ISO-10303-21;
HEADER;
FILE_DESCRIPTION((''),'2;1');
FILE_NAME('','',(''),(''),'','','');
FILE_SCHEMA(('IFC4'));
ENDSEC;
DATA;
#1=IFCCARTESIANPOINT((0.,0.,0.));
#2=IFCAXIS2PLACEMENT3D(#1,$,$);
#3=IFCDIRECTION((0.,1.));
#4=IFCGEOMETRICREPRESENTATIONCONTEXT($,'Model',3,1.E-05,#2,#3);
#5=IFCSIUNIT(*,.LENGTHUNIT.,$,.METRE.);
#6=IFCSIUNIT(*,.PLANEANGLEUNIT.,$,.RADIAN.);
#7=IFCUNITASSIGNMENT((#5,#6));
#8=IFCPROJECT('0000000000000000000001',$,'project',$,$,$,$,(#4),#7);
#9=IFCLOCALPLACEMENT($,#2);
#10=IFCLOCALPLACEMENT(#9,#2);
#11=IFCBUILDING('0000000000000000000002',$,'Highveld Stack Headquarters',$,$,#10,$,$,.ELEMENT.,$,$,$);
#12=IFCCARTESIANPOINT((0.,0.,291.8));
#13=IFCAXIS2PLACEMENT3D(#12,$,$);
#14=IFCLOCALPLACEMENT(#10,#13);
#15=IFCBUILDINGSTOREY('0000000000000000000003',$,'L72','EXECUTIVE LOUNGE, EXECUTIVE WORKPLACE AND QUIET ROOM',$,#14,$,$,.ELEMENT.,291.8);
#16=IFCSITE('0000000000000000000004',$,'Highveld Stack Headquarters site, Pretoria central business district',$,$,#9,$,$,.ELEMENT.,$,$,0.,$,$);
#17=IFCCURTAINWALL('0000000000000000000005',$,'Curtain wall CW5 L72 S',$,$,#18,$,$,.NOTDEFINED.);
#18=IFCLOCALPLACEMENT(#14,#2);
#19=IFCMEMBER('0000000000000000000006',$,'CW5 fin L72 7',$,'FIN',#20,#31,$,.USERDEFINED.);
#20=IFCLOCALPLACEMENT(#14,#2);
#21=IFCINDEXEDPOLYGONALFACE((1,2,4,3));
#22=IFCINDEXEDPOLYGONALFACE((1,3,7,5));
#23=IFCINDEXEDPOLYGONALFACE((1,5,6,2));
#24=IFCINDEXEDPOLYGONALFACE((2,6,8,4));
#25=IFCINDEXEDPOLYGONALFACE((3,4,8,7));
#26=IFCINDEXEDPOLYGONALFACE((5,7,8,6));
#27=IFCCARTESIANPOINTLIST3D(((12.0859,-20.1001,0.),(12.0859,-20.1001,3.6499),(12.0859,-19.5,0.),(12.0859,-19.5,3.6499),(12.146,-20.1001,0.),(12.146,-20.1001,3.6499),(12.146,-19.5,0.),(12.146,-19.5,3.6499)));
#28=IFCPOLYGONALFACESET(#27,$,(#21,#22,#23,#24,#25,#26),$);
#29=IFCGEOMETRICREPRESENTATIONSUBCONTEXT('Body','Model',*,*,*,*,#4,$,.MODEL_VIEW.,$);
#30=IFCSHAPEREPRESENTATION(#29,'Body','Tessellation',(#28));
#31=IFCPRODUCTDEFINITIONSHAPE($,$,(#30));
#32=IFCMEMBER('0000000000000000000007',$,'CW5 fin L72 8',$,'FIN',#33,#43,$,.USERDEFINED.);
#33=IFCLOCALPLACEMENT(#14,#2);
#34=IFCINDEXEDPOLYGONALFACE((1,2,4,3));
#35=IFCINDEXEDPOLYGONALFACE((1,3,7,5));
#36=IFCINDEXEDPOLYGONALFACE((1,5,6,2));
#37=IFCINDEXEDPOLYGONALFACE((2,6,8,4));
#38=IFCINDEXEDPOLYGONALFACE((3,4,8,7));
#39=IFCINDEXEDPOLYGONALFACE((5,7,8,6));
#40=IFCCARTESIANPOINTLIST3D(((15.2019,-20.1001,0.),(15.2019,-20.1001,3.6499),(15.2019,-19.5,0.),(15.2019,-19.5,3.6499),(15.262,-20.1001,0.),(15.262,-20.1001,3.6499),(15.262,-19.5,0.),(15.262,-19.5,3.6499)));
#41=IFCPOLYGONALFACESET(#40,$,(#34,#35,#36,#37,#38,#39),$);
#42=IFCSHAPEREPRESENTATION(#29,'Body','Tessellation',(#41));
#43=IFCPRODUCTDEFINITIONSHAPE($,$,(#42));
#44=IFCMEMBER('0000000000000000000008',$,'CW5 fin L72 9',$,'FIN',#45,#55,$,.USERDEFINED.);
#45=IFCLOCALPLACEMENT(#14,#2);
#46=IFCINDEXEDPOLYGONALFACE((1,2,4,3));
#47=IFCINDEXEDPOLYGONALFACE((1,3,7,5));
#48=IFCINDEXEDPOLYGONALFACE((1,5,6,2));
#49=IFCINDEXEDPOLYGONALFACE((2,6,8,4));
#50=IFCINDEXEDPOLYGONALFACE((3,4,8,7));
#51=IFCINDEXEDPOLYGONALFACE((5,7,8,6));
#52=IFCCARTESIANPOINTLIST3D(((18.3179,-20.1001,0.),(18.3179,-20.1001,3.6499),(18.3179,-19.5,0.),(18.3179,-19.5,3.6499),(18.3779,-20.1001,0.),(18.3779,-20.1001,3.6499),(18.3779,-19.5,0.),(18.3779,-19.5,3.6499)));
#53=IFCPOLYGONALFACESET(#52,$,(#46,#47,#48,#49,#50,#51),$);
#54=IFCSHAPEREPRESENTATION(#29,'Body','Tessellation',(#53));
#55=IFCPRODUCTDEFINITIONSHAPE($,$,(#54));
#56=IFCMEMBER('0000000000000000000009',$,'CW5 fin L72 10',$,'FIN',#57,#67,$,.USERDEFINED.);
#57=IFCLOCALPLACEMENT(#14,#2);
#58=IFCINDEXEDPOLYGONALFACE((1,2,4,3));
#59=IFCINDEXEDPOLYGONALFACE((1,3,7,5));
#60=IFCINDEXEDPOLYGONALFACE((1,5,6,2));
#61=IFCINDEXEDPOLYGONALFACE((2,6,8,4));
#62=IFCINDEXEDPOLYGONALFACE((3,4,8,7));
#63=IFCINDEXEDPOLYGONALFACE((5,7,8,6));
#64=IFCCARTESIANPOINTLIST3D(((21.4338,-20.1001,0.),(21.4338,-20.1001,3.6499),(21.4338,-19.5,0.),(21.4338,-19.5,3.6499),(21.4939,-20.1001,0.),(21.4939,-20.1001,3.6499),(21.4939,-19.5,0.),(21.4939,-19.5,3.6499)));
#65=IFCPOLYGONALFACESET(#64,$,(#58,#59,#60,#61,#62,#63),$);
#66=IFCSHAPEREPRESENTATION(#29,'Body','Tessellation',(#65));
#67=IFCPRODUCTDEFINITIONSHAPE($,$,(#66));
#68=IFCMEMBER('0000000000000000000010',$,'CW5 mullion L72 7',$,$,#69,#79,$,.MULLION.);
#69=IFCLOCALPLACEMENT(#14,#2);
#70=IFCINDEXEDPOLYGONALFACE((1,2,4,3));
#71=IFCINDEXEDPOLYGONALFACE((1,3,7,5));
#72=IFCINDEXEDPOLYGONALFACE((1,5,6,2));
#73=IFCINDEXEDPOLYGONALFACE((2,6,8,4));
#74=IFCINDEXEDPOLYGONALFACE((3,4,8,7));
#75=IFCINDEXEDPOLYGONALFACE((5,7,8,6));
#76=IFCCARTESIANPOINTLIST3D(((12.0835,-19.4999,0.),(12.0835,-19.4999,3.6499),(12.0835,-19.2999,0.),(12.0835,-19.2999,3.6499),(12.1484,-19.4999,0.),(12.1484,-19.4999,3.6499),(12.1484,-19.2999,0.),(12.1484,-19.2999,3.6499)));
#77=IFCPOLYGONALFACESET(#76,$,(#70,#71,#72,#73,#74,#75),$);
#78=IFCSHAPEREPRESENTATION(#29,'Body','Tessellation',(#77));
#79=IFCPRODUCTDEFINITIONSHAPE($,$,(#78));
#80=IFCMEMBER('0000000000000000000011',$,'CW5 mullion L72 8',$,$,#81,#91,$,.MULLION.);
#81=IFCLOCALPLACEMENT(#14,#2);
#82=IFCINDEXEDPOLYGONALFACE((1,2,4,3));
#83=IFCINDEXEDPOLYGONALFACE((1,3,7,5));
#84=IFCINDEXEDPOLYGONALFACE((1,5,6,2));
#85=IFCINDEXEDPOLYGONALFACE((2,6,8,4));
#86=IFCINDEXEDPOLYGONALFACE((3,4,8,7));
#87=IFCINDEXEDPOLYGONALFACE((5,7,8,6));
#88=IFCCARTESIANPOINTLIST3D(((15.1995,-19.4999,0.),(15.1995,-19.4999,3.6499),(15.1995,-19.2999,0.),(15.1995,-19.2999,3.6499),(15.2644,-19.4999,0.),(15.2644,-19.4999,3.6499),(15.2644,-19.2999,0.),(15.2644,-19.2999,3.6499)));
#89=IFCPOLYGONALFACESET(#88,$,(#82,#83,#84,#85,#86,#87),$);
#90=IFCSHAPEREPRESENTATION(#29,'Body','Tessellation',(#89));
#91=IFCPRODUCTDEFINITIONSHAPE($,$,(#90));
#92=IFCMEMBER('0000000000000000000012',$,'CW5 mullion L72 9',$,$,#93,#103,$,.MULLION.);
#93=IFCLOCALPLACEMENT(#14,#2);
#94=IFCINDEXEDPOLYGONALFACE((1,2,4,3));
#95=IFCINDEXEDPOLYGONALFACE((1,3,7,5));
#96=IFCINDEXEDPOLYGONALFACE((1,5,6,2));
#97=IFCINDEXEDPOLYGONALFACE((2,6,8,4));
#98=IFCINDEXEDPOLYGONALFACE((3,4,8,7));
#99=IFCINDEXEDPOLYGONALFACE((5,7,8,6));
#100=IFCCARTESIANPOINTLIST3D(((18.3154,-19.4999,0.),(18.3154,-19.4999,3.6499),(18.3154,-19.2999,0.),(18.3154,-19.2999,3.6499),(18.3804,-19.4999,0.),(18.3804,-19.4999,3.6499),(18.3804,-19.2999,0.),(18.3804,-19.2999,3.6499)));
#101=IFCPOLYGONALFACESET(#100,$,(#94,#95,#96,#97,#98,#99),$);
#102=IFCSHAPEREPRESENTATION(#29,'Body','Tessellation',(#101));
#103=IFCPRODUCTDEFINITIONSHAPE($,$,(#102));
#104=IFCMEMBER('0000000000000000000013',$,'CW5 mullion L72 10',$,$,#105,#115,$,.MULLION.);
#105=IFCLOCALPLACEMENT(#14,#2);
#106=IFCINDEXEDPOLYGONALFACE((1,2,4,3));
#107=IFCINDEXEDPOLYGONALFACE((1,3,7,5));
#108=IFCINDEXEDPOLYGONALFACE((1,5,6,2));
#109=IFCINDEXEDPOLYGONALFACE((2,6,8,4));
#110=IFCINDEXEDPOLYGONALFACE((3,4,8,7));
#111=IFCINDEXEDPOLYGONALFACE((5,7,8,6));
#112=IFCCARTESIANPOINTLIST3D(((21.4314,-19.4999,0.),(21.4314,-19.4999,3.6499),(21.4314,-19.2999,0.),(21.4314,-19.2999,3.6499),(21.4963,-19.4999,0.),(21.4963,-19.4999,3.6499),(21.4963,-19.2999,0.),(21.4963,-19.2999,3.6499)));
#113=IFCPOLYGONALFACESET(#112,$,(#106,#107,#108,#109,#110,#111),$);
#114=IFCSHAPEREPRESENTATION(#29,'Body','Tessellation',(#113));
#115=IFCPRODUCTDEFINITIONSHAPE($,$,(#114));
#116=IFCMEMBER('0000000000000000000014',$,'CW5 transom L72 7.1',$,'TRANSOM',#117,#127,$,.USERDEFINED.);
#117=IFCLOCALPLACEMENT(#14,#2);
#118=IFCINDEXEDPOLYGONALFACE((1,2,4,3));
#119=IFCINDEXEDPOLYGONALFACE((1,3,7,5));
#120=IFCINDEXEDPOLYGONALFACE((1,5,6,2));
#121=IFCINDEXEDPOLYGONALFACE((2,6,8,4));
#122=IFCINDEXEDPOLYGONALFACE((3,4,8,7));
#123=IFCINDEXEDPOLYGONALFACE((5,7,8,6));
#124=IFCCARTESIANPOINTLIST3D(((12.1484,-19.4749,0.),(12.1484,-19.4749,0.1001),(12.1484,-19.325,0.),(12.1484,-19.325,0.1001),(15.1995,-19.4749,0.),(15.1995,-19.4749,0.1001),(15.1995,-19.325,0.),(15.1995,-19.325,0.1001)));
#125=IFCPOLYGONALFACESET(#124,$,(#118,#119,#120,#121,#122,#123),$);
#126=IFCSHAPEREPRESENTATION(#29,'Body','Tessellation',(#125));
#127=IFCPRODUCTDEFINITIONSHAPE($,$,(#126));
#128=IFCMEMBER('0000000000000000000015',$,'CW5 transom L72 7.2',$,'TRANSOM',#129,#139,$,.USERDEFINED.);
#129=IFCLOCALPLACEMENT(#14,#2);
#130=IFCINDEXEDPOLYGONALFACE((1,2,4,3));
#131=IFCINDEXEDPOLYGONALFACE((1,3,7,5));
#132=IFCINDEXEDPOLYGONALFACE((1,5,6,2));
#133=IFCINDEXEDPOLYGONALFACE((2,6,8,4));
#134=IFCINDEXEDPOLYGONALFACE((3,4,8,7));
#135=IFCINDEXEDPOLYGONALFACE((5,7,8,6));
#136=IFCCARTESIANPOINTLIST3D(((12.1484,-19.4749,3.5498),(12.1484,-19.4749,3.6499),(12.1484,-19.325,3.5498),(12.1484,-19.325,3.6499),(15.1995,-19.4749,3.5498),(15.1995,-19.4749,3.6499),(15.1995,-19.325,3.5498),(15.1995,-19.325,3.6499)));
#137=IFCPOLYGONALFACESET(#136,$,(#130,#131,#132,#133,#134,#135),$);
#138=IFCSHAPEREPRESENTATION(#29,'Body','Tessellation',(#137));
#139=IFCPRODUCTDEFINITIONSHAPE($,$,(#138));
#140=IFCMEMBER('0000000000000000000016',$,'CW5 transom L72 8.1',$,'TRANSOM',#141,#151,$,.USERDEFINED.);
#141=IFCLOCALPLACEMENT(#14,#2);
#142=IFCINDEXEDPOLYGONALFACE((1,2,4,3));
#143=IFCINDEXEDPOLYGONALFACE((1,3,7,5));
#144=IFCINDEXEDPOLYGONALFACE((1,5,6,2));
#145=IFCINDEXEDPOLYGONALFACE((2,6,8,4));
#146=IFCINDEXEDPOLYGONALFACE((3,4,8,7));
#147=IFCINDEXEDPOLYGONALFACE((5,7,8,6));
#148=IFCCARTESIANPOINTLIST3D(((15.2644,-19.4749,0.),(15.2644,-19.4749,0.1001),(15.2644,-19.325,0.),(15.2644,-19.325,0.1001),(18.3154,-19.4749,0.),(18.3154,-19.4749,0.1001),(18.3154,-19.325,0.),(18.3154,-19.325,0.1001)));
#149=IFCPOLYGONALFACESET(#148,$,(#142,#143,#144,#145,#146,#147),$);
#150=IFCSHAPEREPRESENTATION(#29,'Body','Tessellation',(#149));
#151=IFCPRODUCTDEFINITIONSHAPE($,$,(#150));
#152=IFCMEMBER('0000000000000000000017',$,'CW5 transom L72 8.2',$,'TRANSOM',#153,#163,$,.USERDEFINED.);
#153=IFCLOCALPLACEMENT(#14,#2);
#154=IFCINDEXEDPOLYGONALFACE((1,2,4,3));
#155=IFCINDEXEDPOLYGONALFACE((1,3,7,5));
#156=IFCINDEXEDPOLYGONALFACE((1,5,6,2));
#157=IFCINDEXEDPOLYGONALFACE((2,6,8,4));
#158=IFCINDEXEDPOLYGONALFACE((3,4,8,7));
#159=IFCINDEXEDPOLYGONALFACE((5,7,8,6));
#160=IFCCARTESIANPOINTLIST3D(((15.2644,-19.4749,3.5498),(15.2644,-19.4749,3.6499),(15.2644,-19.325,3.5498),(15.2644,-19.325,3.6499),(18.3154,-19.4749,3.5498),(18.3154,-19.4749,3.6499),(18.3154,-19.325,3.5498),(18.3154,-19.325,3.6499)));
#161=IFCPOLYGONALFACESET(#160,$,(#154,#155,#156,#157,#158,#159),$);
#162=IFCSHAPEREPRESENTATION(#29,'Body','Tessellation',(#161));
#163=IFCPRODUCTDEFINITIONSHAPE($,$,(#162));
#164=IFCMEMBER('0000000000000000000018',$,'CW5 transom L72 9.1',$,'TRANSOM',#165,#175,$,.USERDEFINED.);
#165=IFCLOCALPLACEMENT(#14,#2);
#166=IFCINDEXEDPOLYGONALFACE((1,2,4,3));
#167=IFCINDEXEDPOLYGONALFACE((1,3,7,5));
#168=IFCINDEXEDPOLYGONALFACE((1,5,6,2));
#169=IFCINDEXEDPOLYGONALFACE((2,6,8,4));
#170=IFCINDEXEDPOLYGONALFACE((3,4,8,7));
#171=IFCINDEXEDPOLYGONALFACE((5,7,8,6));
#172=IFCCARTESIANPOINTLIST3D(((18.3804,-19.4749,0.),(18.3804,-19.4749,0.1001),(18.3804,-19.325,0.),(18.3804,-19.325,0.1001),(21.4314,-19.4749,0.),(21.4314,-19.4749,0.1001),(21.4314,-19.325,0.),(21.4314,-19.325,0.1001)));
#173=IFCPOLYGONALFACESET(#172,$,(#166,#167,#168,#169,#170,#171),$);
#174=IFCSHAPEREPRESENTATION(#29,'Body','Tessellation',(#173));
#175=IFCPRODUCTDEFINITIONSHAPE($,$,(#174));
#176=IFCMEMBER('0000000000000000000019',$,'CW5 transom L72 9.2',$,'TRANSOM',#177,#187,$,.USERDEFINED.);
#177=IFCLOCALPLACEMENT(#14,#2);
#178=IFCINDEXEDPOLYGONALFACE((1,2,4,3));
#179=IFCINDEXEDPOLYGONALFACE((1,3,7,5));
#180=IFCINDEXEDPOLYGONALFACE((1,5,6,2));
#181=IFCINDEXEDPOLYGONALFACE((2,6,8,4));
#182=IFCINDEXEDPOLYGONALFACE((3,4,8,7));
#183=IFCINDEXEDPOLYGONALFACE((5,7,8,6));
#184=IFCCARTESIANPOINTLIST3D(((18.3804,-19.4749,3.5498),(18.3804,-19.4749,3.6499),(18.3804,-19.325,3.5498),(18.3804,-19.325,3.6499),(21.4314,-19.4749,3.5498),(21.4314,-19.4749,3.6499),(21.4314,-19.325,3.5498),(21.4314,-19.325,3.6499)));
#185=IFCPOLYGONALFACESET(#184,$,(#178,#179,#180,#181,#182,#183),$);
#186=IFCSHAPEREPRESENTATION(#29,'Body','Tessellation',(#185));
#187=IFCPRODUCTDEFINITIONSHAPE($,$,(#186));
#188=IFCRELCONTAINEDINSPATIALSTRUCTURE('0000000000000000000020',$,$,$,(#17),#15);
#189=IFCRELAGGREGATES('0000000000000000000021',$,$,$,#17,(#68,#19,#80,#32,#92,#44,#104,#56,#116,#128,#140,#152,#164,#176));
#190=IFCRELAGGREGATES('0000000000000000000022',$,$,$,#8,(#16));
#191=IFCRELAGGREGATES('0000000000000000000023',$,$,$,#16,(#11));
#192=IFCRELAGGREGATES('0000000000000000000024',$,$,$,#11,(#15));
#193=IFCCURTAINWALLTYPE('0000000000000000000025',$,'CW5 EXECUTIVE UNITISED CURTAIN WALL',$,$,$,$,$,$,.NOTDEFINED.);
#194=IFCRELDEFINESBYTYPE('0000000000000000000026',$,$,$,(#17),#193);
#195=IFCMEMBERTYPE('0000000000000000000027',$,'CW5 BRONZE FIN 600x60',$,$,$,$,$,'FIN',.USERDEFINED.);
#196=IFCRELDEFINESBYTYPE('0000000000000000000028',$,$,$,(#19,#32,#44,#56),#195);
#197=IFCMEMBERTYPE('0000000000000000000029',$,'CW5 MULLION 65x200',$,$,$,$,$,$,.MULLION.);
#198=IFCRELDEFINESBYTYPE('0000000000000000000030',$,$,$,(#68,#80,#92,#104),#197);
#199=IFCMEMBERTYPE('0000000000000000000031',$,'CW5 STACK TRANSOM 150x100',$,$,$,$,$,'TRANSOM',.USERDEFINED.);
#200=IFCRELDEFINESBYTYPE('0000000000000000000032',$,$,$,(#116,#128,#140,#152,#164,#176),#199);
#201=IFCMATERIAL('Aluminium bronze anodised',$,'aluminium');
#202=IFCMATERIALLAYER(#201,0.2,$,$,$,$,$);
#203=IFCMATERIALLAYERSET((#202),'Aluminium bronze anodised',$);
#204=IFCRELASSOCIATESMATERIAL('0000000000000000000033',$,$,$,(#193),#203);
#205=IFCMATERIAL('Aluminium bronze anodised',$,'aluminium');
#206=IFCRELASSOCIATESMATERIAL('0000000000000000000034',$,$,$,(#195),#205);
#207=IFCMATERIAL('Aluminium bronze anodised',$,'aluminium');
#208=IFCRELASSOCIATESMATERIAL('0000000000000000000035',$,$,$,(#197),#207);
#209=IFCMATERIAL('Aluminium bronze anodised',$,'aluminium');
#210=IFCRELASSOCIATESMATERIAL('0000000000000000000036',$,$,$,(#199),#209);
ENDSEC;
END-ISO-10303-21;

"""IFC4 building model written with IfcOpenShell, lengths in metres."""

from ifc_helpers import new_model, si_unit, direction, frame, origin, origin_2d, place, context, subcontext, project, spatial, rectangle, extrude, material, layer, layer_set, material_profile, profile_set, type_object, element, aggregate, save


model = new_model("IFC4")

# Units and contexts
model_context = context("Model", 3, precision=1e-05, world=origin(), true_north=direction((0.0, 1.0)))
body_context = subcontext(model_context, "Body", "Model", "MODEL_VIEW")
ifc_project = project(units=[si_unit("LENGTHUNIT", "METRE"), si_unit("PLANEANGLEUNIT", "RADIAN")], contexts=[model_context])

# Site, building, storey
site_placement = place(None, origin())
site = spatial("IfcSite", under=ifc_project, at=site_placement, Name="Highveld Stack Headquarters site, Pretoria central business district", CompositionType="ELEMENT", RefElevation=0.0)
building_placement = place(site_placement, origin())
building = spatial("IfcBuilding", under=site, at=building_placement, Name="Highveld Stack Headquarters", CompositionType="ELEMENT")
storey_placement = place(building_placement, frame((0.0, 0.0, 291.8)))
storey = spatial("IfcBuildingStorey", under=building, at=storey_placement, Name="L72", Description="EXECUTIVE LOUNGE, EXECUTIVE WORKPLACE AND QUIET ROOM", CompositionType="ELEMENT", Elevation=291.8)

# Curtain wall, members
ifc_material_1 = material(Name="Aluminium bronze anodised", Category="aluminium")
ifc_layer_1 = layer(ifc_material_1, 0.2)
ifc_layer_set_1 = layer_set([ifc_layer_1], Name="Aluminium bronze anodised")
curtain_wall_type = type_object("IfcCurtainWallType", Name="CW5 EXECUTIVE UNITISED CURTAIN WALL", PredefinedType="NOTDEFINED", material=ifc_layer_set_1)
curtain_wall_placement = place(storey_placement, origin())
curtain_wall = element("IfcCurtainWall", 1, at=curtain_wall_placement, inside=storey, type_object=curtain_wall_type, Name="Curtain wall CW5 L72 S", PredefinedType="NOTDEFINED")
ifc_material_2 = material(Name="Aluminium bronze anodised", Category="aluminium")
ifc_material_profile_1 = material_profile(ifc_material_2, rectangle(XDim=0.6001, YDim=0.0601, at=origin_2d()), Name="FIN 600x60")
ifc_profile_set_1 = profile_set([ifc_material_profile_1], Name="Aluminium bronze anodised")
member_type_1 = type_object("IfcMemberType", Name="CW5 BRONZE FIN 600x60", ElementType="FIN", PredefinedType="USERDEFINED", material=ifc_profile_set_1)
member_1_placement = place(storey_placement, frame((12.116, -19.8, 0.0), z_axis=(0.0, 0.0, 1.0), x_axis=(0.0, 1.0, 0.0)))
member_1 = element("IfcMember", 2, at=member_1_placement, type_object=member_type_1, Name="CW5 fin L72 7", ObjectType="FIN", PredefinedType="USERDEFINED", context=body_context, shape_type="SweptSolid", body=[
    extrude(rectangle(XDim=0.6001, YDim=0.0601, at=origin_2d()), origin(), (0.0, 0.0, 1.0), 3.6499),
])
member_2_placement = place(storey_placement, frame((15.2319, -19.8, 0.0), z_axis=(0.0, 0.0, 1.0), x_axis=(0.0, 1.0, 0.0)))
member_2 = element("IfcMember", 3, at=member_2_placement, type_object=member_type_1, Name="CW5 fin L72 8", ObjectType="FIN", PredefinedType="USERDEFINED", context=body_context, shape_type="SweptSolid", body=[
    extrude(rectangle(XDim=0.6001, YDim=0.0601, at=origin_2d()), origin(), (0.0, 0.0, 1.0), 3.6499),
])
member_3_placement = place(storey_placement, frame((18.3479, -19.8, 0.0), z_axis=(0.0, 0.0, 1.0), x_axis=(0.0, 1.0, 0.0)))
member_3 = element("IfcMember", 4, at=member_3_placement, type_object=member_type_1, Name="CW5 fin L72 9", ObjectType="FIN", PredefinedType="USERDEFINED", context=body_context, shape_type="SweptSolid", body=[
    extrude(rectangle(XDim=0.6001, YDim=0.0601, at=origin_2d()), origin(), (0.0, 0.0, 1.0), 3.6499),
])
member_4_placement = place(storey_placement, frame((21.4639, -19.8, 0.0), z_axis=(0.0, 0.0, 1.0), x_axis=(0.0, 1.0, 0.0)))
member_4 = element("IfcMember", 5, at=member_4_placement, type_object=member_type_1, Name="CW5 fin L72 10", ObjectType="FIN", PredefinedType="USERDEFINED", context=body_context, shape_type="SweptSolid", body=[
    extrude(rectangle(XDim=0.6001, YDim=0.0601, at=origin_2d()), origin(), (0.0, 0.0, 1.0), 3.6499),
])
ifc_material_3 = material(Name="Aluminium bronze anodised", Category="aluminium")
ifc_material_profile_2 = material_profile(ifc_material_3, rectangle(XDim=0.2, YDim=0.0649, at=origin_2d()), Name="CW5 MULLION 65x200")
ifc_profile_set_2 = profile_set([ifc_material_profile_2], Name="Aluminium bronze anodised")
member_type_2 = type_object("IfcMemberType", Name="CW5 MULLION 65x200", PredefinedType="MULLION", material=ifc_profile_set_2)
member_5_placement = place(storey_placement, frame((12.116, -19.3999, 0.0), z_axis=(0.0, 0.0, 1.0), x_axis=(0.0, 1.0, 0.0)))
member_5 = element("IfcMember", 6, at=member_5_placement, type_object=member_type_2, Name="CW5 mullion L72 7", PredefinedType="MULLION", context=body_context, shape_type="SweptSolid", body=[
    extrude(rectangle(XDim=0.2, YDim=0.0649, at=origin_2d()), origin(), (0.0, 0.0, 1.0), 3.6499),
])
member_6_placement = place(storey_placement, frame((15.2319, -19.3999, 0.0), z_axis=(0.0, 0.0, 1.0), x_axis=(0.0, 1.0, 0.0)))
member_6 = element("IfcMember", 7, at=member_6_placement, type_object=member_type_2, Name="CW5 mullion L72 8", PredefinedType="MULLION", context=body_context, shape_type="SweptSolid", body=[
    extrude(rectangle(XDim=0.2, YDim=0.0649, at=origin_2d()), origin(), (0.0, 0.0, 1.0), 3.6499),
])
member_7_placement = place(storey_placement, frame((18.3479, -19.3999, 0.0), z_axis=(0.0, 0.0, 1.0), x_axis=(0.0, 1.0, 0.0)))
member_7 = element("IfcMember", 8, at=member_7_placement, type_object=member_type_2, Name="CW5 mullion L72 9", PredefinedType="MULLION", context=body_context, shape_type="SweptSolid", body=[
    extrude(rectangle(XDim=0.2, YDim=0.0649, at=origin_2d()), origin(), (0.0, 0.0, 1.0), 3.6499),
])
member_8_placement = place(storey_placement, frame((21.4639, -19.3999, 0.0), z_axis=(0.0, 0.0, 1.0), x_axis=(0.0, 1.0, 0.0)))
member_8 = element("IfcMember", 9, at=member_8_placement, type_object=member_type_2, Name="CW5 mullion L72 10", PredefinedType="MULLION", context=body_context, shape_type="SweptSolid", body=[
    extrude(rectangle(XDim=0.2, YDim=0.0649, at=origin_2d()), origin(), (0.0, 0.0, 1.0), 3.6499),
])
ifc_material_4 = material(Name="Aluminium bronze anodised", Category="aluminium")
ifc_material_profile_3 = material_profile(ifc_material_4, rectangle(XDim=0.1499, YDim=0.1001, at=origin_2d()), Name="CW5 TRANSOM 150x100")
ifc_profile_set_3 = profile_set([ifc_material_profile_3], Name="Aluminium bronze anodised")
member_type_3 = type_object("IfcMemberType", Name="CW5 STACK TRANSOM 150x100", ElementType="TRANSOM", PredefinedType="USERDEFINED", material=ifc_profile_set_3)
member_9_placement = place(storey_placement, frame((12.1484, -19.3999, 0.05), z_axis=(1.0, 0.0, 0.0), x_axis=(0.0, 1.0, 0.0)))
member_9 = element("IfcMember", 10, at=member_9_placement, type_object=member_type_3, Name="CW5 transom L72 7.1", ObjectType="TRANSOM", PredefinedType="USERDEFINED", context=body_context, shape_type="SweptSolid", body=[
    extrude(rectangle(XDim=0.1499, YDim=0.1001, at=origin_2d()), origin(), (0.0, 0.0, 1.0), 3.051),
])
member_10_placement = place(storey_placement, frame((12.1484, -19.3999, 3.5999), z_axis=(1.0, 0.0, 0.0), x_axis=(0.0, 1.0, 0.0)))
member_10 = element("IfcMember", 11, at=member_10_placement, type_object=member_type_3, Name="CW5 transom L72 7.2", ObjectType="TRANSOM", PredefinedType="USERDEFINED", context=body_context, shape_type="SweptSolid", body=[
    extrude(rectangle(XDim=0.1499, YDim=0.1001, at=origin_2d()), origin(), (0.0, 0.0, 1.0), 3.051),
])
member_11_placement = place(storey_placement, frame((15.2644, -19.3999, 0.05), z_axis=(1.0, 0.0, 0.0), x_axis=(0.0, 1.0, 0.0)))
member_11 = element("IfcMember", 12, at=member_11_placement, type_object=member_type_3, Name="CW5 transom L72 8.1", ObjectType="TRANSOM", PredefinedType="USERDEFINED", context=body_context, shape_type="SweptSolid", body=[
    extrude(rectangle(XDim=0.1499, YDim=0.1001, at=origin_2d()), origin(), (0.0, 0.0, 1.0), 3.051),
])
member_12_placement = place(storey_placement, frame((15.2644, -19.3999, 3.5999), z_axis=(1.0, 0.0, 0.0), x_axis=(0.0, 1.0, 0.0)))
member_12 = element("IfcMember", 13, at=member_12_placement, type_object=member_type_3, Name="CW5 transom L72 8.2", ObjectType="TRANSOM", PredefinedType="USERDEFINED", context=body_context, shape_type="SweptSolid", body=[
    extrude(rectangle(XDim=0.1499, YDim=0.1001, at=origin_2d()), origin(), (0.0, 0.0, 1.0), 3.051),
])
member_13_placement = place(storey_placement, frame((18.3804, -19.3999, 0.05), z_axis=(1.0, 0.0, 0.0), x_axis=(0.0, 1.0, 0.0)))
member_13 = element("IfcMember", 14, at=member_13_placement, type_object=member_type_3, Name="CW5 transom L72 9.1", ObjectType="TRANSOM", PredefinedType="USERDEFINED", context=body_context, shape_type="SweptSolid", body=[
    extrude(rectangle(XDim=0.1499, YDim=0.1001, at=origin_2d()), origin(), (0.0, 0.0, 1.0), 3.051),
])
member_14_placement = place(storey_placement, frame((18.3804, -19.3999, 3.5999), z_axis=(1.0, 0.0, 0.0), x_axis=(0.0, 1.0, 0.0)))
member_14 = element("IfcMember", 15, at=member_14_placement, type_object=member_type_3, Name="CW5 transom L72 9.2", ObjectType="TRANSOM", PredefinedType="USERDEFINED", context=body_context, shape_type="SweptSolid", body=[
    extrude(rectangle(XDim=0.1499, YDim=0.1001, at=origin_2d()), origin(), (0.0, 0.0, 1.0), 3.051),
])
aggregate(curtain_wall, [member_5, member_1, member_6, member_2, member_7, member_3, member_8, member_4, member_9, member_10, member_11, member_12, member_13, member_14])

save(model, "model.ifc")
